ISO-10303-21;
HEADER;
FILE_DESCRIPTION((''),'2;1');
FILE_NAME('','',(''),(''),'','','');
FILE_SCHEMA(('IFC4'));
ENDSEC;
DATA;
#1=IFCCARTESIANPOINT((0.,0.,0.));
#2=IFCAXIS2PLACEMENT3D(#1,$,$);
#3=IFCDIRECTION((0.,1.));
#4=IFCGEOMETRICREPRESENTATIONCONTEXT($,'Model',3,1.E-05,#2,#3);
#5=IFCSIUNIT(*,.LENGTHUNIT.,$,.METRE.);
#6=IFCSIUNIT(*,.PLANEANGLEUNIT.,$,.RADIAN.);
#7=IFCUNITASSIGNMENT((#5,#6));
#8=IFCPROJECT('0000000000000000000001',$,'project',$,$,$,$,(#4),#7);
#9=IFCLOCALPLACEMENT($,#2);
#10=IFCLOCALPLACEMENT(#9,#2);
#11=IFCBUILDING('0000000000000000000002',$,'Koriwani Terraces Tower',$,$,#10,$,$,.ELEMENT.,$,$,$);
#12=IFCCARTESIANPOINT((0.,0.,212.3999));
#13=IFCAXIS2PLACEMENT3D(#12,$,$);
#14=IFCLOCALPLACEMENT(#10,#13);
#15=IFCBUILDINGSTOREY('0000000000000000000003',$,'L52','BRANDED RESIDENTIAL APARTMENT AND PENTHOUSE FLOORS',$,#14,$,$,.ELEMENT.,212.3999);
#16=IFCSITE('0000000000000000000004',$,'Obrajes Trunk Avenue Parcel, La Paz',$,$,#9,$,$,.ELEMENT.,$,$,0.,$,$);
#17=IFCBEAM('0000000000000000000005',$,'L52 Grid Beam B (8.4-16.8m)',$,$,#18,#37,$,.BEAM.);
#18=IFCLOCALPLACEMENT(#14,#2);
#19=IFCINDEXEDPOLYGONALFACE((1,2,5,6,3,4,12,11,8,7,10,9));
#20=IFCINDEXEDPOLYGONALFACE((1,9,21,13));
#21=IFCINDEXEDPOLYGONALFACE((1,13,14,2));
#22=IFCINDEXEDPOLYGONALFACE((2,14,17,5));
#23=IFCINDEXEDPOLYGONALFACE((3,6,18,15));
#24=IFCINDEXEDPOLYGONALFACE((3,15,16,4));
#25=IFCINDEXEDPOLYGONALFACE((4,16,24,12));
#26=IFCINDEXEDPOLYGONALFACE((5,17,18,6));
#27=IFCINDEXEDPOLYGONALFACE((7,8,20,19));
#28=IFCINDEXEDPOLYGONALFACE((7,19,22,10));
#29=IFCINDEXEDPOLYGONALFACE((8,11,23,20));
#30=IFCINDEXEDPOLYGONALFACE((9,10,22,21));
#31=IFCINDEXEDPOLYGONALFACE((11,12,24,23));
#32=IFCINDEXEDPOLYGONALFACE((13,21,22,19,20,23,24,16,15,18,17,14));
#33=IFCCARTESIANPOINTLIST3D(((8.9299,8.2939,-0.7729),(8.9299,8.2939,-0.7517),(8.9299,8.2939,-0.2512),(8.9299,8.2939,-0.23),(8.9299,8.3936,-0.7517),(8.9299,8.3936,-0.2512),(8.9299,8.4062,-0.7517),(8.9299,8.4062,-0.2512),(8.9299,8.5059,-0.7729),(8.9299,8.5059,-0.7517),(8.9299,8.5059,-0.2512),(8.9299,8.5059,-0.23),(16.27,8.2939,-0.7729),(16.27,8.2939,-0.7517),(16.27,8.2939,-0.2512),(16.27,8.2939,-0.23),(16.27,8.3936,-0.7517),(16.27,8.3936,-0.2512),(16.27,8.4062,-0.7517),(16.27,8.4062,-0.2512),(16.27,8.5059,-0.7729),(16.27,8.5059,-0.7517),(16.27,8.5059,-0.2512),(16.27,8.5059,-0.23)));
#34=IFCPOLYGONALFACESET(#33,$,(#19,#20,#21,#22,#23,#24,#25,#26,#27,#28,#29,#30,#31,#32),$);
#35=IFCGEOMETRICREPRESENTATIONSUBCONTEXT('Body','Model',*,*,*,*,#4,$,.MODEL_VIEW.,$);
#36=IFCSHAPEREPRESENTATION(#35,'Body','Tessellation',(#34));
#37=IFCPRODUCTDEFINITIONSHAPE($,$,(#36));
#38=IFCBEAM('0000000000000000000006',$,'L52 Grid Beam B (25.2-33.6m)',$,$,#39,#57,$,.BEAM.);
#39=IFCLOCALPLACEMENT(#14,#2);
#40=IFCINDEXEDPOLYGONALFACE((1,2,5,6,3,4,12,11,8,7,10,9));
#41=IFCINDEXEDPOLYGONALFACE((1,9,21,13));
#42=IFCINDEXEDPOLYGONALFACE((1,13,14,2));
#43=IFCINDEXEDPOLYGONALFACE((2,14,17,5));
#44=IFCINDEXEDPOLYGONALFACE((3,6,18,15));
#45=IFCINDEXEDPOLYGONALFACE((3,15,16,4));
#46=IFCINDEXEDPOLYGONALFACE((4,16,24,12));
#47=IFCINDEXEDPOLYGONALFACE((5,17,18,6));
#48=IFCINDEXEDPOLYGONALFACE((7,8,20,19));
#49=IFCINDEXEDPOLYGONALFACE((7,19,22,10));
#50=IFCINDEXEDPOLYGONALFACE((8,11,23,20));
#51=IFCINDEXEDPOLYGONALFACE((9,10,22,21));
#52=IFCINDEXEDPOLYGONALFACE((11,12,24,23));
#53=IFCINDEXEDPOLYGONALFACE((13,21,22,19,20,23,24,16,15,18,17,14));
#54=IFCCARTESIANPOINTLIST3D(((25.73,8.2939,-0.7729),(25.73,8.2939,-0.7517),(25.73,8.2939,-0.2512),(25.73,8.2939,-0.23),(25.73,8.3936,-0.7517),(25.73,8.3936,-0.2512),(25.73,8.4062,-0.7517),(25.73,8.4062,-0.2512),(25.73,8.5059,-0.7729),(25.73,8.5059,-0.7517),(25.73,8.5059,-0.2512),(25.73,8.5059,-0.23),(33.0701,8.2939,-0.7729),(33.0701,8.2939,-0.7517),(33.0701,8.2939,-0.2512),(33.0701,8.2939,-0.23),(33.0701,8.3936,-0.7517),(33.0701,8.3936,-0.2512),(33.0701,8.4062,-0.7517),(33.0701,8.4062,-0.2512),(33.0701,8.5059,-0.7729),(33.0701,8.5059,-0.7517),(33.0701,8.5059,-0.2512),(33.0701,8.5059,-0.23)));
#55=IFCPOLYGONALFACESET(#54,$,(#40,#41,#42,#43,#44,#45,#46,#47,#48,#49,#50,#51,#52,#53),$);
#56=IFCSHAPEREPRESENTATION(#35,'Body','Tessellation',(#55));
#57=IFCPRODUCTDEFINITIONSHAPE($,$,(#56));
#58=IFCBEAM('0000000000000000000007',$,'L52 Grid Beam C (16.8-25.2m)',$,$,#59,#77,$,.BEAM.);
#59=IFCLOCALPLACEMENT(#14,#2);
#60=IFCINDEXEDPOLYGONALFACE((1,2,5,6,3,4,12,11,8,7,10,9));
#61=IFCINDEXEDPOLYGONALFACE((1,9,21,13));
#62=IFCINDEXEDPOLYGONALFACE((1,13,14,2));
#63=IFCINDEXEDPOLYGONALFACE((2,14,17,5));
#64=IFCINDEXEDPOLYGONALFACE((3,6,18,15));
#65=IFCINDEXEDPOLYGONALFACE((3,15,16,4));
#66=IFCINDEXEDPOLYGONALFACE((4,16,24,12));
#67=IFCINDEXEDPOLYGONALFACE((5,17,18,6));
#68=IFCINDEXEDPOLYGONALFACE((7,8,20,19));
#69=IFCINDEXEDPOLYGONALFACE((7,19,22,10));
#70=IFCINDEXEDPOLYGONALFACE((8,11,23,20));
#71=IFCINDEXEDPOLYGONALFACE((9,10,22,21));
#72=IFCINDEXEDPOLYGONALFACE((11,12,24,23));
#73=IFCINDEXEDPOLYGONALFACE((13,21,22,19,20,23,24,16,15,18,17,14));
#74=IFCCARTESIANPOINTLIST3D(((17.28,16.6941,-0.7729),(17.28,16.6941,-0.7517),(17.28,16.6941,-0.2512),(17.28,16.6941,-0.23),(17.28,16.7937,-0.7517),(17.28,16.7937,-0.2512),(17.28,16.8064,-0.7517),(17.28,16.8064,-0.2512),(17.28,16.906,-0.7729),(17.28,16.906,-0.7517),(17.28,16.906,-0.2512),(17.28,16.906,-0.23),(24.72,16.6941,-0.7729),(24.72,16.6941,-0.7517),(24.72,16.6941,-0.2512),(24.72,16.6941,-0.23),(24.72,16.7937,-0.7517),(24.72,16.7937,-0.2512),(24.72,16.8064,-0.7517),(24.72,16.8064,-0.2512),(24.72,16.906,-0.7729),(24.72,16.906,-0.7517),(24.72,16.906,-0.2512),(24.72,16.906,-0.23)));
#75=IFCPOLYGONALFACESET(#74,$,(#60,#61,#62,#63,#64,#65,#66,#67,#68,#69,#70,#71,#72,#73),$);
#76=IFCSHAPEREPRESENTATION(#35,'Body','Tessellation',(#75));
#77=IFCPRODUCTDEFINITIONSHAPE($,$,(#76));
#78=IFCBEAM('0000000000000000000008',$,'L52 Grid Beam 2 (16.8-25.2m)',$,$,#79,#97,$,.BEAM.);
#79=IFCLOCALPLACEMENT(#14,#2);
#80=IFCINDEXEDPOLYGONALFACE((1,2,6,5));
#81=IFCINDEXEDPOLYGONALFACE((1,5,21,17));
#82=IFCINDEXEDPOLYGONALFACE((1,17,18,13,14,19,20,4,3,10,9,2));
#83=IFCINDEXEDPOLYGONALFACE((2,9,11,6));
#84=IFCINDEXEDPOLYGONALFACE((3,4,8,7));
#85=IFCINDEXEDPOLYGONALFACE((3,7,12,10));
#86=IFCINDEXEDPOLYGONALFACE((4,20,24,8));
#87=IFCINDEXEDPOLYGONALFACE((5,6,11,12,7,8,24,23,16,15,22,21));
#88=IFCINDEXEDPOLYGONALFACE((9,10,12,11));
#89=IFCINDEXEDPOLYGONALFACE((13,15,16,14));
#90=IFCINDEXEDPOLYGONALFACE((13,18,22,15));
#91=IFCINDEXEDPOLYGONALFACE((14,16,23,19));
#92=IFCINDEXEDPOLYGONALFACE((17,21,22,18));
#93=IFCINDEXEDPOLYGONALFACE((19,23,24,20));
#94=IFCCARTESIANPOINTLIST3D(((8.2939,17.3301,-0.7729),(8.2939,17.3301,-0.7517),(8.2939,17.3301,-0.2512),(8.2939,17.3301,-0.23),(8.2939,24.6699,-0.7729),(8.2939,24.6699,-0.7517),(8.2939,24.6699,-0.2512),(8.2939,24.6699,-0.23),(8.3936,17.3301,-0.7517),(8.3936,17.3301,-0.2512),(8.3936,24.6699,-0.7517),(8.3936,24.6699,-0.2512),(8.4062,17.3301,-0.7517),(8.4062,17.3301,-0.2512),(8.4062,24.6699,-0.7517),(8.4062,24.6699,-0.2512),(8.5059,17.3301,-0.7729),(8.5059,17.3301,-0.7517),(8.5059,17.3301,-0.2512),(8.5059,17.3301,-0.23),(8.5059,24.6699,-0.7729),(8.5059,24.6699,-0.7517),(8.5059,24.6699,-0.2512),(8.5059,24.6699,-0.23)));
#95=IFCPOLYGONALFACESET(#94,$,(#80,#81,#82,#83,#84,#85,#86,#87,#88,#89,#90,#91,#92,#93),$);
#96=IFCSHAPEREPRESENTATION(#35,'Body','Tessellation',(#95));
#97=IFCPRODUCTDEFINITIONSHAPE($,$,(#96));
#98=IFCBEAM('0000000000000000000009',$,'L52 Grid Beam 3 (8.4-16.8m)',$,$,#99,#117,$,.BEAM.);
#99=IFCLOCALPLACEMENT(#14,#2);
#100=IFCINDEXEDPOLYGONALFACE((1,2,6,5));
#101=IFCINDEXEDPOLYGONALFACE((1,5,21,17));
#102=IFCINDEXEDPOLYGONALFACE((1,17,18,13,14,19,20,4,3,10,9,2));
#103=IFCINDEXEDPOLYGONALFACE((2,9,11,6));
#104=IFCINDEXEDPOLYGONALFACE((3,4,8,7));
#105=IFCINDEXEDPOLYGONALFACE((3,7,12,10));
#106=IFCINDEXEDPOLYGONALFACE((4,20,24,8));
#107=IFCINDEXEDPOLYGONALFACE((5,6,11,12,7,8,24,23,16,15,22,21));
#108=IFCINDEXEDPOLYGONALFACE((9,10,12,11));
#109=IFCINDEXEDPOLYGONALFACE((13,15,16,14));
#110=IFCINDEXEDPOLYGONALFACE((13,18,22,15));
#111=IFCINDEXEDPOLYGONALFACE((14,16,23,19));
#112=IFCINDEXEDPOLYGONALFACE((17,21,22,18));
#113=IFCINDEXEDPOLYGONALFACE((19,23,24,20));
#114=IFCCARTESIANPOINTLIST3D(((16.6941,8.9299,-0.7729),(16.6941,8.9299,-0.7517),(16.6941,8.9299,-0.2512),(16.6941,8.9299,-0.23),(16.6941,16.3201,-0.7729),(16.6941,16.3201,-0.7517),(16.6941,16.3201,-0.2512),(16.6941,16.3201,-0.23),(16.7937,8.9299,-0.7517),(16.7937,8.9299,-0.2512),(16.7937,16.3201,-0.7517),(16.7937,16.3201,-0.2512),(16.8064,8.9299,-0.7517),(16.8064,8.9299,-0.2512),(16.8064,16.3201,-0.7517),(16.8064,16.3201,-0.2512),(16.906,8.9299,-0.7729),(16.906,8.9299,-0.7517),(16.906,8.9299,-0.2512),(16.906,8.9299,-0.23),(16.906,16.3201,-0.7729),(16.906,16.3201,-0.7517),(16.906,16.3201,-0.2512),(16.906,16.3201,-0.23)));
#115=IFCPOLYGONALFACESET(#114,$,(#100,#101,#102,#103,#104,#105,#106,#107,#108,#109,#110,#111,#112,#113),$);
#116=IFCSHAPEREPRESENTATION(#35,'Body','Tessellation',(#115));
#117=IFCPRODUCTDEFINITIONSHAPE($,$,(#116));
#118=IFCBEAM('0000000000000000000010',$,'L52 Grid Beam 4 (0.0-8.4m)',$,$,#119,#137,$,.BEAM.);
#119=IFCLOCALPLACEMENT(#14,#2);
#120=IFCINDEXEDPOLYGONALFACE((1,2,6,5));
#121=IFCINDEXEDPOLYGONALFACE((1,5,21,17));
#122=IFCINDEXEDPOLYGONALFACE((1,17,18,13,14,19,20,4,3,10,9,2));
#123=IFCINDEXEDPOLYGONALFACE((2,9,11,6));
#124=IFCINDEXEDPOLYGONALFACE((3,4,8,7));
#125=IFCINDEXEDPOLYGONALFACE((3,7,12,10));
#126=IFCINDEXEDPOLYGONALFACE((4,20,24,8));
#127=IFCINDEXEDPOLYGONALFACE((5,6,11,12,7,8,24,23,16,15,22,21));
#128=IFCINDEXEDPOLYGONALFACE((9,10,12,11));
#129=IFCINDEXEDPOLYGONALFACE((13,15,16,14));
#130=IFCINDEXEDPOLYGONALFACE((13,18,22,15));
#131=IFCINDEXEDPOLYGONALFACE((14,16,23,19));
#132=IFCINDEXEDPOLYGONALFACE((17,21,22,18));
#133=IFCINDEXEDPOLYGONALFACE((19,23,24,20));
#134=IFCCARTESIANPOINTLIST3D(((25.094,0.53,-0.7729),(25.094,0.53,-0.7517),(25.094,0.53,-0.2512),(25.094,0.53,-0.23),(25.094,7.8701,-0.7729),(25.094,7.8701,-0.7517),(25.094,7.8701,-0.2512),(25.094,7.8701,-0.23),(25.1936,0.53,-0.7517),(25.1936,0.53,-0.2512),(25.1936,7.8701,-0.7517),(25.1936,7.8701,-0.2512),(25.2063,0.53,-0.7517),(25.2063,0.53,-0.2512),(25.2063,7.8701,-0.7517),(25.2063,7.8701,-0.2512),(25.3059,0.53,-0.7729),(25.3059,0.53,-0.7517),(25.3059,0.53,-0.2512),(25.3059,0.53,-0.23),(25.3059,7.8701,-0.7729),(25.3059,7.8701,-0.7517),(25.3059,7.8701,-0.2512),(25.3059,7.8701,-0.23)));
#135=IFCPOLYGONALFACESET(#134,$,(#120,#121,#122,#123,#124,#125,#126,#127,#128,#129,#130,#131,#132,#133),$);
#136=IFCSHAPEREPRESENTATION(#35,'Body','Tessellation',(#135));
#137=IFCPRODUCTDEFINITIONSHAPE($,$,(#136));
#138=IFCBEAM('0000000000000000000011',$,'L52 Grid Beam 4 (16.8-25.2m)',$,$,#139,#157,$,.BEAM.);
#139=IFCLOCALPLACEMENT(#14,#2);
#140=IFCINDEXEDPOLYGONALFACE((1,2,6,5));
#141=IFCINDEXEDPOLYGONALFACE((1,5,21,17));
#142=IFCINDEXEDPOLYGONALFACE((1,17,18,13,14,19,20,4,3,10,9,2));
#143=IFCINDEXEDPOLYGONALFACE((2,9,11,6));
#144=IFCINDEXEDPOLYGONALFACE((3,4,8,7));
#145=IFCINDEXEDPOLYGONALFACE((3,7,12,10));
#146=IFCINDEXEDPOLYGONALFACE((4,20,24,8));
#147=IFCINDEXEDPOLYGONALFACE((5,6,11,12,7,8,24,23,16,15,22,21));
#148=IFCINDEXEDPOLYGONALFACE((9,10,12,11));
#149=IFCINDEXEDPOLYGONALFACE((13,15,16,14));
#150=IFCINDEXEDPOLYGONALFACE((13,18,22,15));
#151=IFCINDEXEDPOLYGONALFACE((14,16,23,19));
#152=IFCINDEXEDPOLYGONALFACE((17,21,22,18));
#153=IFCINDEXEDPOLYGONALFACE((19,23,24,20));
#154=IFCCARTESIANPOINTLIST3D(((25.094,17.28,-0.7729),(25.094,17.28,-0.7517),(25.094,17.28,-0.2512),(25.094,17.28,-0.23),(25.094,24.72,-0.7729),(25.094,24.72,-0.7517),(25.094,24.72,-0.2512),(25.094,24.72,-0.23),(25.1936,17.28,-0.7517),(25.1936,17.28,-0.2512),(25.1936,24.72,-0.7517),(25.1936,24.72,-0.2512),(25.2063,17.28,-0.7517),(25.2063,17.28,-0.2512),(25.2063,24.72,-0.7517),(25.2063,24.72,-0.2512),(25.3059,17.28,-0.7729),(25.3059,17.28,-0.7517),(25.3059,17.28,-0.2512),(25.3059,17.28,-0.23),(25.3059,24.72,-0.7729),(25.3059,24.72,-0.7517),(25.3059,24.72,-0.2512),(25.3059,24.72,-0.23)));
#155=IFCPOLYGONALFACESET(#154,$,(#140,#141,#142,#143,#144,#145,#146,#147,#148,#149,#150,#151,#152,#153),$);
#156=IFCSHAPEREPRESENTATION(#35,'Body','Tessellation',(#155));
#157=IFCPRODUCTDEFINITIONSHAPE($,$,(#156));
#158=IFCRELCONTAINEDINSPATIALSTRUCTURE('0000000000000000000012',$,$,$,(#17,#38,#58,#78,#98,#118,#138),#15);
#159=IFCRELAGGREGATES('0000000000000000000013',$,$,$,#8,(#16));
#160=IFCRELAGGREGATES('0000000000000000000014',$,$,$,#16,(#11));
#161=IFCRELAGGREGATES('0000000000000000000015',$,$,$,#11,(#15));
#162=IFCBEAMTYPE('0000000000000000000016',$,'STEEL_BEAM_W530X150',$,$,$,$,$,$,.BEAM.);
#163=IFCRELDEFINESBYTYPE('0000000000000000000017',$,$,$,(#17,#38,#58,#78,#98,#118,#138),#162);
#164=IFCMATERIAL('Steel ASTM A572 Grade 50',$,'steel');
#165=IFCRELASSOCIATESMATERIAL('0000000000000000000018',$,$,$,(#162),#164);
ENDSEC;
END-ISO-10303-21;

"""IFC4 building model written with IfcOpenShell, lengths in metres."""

from ifc_helpers import new_model, si_unit, direction, frame, origin, origin_2d, place, context, subcontext, project, spatial, i_section, extrude, material, material_profile, profile_set, type_object, element, save


model = new_model("IFC4")

# Units and contexts
model_context = context("Model", 3, precision=1e-05, world=origin(), true_north=direction((0.0, 1.0)))
body_context = subcontext(model_context, "Body", "Model", "MODEL_VIEW")
ifc_project = project(units=[si_unit("LENGTHUNIT", "METRE"), si_unit("PLANEANGLEUNIT", "RADIAN")], contexts=[model_context])

# Site, building, storey
site_placement = place(None, origin())
site = spatial("IfcSite", under=ifc_project, at=site_placement, Name="Obrajes Trunk Avenue Parcel, La Paz", CompositionType="ELEMENT", RefElevation=0.0)
building_placement = place(site_placement, origin())
building = spatial("IfcBuilding", under=site, at=building_placement, Name="Koriwani Terraces Tower", CompositionType="ELEMENT")
storey_placement = place(building_placement, frame((0.0, 0.0, 212.3999)))
storey = spatial("IfcBuildingStorey", under=building, at=storey_placement, Name="L52", Description="BRANDED RESIDENTIAL APARTMENT AND PENTHOUSE FLOORS", CompositionType="ELEMENT", Elevation=212.3999)

# Beams
ifc_material_1 = material(Name="Steel ASTM A572 Grade 50", Category="steel")
ifc_material_profile_1 = material_profile(ifc_material_1, i_section(OverallWidth=0.2119, OverallDepth=0.543, WebThickness=0.0127, FlangeThickness=0.0212, at=origin_2d()), Name="Steel ASTM A572 Grade 50", Category="LoadBearing")
ifc_profile_set_1 = profile_set([ifc_material_profile_1], Name="Steel ASTM A572 Grade 50")
beam_type_1 = type_object("IfcBeamType", Name="STEEL_BEAM_W530X150", PredefinedType="BEAM", material=ifc_profile_set_1)
for number, where, z_axis, x_axis, name in (
    (1, (8.9299, 8.3999, -0.5015), (1.0, 0.0, 0.0), (0.0, 1.0, 0.0), "L52 Grid Beam B (8.4-16.8m)"),
    (2, (25.73, 8.3999, -0.5015), (1.0, 0.0, 0.0), (0.0, 1.0, 0.0), "L52 Grid Beam B (25.2-33.6m)"),
):
    element("IfcBeam", number, at=place(storey_placement, frame(where, z_axis=z_axis, x_axis=x_axis)), inside=storey, type_object=beam_type_1, Name=name, PredefinedType="BEAM", context=body_context, shape_type="SweptSolid", body=[
        extrude(i_section(OverallWidth=0.2119, OverallDepth=0.543, WebThickness=0.0127, FlangeThickness=0.0212, at=origin_2d()), origin(), (0.0, 0.0, 1.0), 7.3401),
    ])
beam_1_placement = place(storey_placement, frame((17.28, 16.8, -0.5015), z_axis=(1.0, 0.0, 0.0), x_axis=(0.0, 1.0, 0.0)))
element("IfcBeam", 3, at=beam_1_placement, inside=storey, type_object=beam_type_1, Name="L52 Grid Beam C (16.8-25.2m)", PredefinedType="BEAM", context=body_context, shape_type="SweptSolid", body=[
    extrude(i_section(OverallWidth=0.2119, OverallDepth=0.543, WebThickness=0.0127, FlangeThickness=0.0212, at=origin_2d()), origin(), (0.0, 0.0, 1.0), 7.4399),
])
beam_2_placement = place(storey_placement, frame((8.3999, 17.3301, -0.5015), z_axis=(0.0, 1.0, 0.0), x_axis=(-1.0, 0.0, 0.0)))
element("IfcBeam", 4, at=beam_2_placement, inside=storey, type_object=beam_type_1, Name="L52 Grid Beam 2 (16.8-25.2m)", PredefinedType="BEAM", context=body_context, shape_type="SweptSolid", body=[
    extrude(i_section(OverallWidth=0.2119, OverallDepth=0.543, WebThickness=0.0127, FlangeThickness=0.0212, at=origin_2d()), origin(), (0.0, 0.0, 1.0), 7.3398),
])
beam_3_placement = place(storey_placement, frame((16.8, 8.9299, -0.5015), z_axis=(0.0, 1.0, 0.0), x_axis=(-1.0, 0.0, 0.0)))
element("IfcBeam", 5, at=beam_3_placement, inside=storey, type_object=beam_type_1, Name="L52 Grid Beam 3 (8.4-16.8m)", PredefinedType="BEAM", context=body_context, shape_type="SweptSolid", body=[
    extrude(i_section(OverallWidth=0.2119, OverallDepth=0.543, WebThickness=0.0127, FlangeThickness=0.0212, at=origin_2d()), origin(), (0.0, 0.0, 1.0), 7.3901),
])
beam_4_placement = place(storey_placement, frame((25.2, 0.53, -0.5015), z_axis=(0.0, 1.0, 0.0), x_axis=(-1.0, 0.0, 0.0)))
element("IfcBeam", 6, at=beam_4_placement, inside=storey, type_object=beam_type_1, Name="L52 Grid Beam 4 (0.0-8.4m)", PredefinedType="BEAM", context=body_context, shape_type="SweptSolid", body=[
    extrude(i_section(OverallWidth=0.2119, OverallDepth=0.543, WebThickness=0.0127, FlangeThickness=0.0212, at=origin_2d()), origin(), (0.0, 0.0, 1.0), 7.3401),
])
beam_5_placement = place(storey_placement, frame((25.2, 17.28, -0.5015), z_axis=(0.0, 1.0, 0.0), x_axis=(-1.0, 0.0, 0.0)))
element("IfcBeam", 7, at=beam_5_placement, inside=storey, type_object=beam_type_1, Name="L52 Grid Beam 4 (16.8-25.2m)", PredefinedType="BEAM", context=body_context, shape_type="SweptSolid", body=[
    extrude(i_section(OverallWidth=0.2119, OverallDepth=0.543, WebThickness=0.0127, FlangeThickness=0.0212, at=origin_2d()), origin(), (0.0, 0.0, 1.0), 7.4399),
])

save(model, "model.ifc")
